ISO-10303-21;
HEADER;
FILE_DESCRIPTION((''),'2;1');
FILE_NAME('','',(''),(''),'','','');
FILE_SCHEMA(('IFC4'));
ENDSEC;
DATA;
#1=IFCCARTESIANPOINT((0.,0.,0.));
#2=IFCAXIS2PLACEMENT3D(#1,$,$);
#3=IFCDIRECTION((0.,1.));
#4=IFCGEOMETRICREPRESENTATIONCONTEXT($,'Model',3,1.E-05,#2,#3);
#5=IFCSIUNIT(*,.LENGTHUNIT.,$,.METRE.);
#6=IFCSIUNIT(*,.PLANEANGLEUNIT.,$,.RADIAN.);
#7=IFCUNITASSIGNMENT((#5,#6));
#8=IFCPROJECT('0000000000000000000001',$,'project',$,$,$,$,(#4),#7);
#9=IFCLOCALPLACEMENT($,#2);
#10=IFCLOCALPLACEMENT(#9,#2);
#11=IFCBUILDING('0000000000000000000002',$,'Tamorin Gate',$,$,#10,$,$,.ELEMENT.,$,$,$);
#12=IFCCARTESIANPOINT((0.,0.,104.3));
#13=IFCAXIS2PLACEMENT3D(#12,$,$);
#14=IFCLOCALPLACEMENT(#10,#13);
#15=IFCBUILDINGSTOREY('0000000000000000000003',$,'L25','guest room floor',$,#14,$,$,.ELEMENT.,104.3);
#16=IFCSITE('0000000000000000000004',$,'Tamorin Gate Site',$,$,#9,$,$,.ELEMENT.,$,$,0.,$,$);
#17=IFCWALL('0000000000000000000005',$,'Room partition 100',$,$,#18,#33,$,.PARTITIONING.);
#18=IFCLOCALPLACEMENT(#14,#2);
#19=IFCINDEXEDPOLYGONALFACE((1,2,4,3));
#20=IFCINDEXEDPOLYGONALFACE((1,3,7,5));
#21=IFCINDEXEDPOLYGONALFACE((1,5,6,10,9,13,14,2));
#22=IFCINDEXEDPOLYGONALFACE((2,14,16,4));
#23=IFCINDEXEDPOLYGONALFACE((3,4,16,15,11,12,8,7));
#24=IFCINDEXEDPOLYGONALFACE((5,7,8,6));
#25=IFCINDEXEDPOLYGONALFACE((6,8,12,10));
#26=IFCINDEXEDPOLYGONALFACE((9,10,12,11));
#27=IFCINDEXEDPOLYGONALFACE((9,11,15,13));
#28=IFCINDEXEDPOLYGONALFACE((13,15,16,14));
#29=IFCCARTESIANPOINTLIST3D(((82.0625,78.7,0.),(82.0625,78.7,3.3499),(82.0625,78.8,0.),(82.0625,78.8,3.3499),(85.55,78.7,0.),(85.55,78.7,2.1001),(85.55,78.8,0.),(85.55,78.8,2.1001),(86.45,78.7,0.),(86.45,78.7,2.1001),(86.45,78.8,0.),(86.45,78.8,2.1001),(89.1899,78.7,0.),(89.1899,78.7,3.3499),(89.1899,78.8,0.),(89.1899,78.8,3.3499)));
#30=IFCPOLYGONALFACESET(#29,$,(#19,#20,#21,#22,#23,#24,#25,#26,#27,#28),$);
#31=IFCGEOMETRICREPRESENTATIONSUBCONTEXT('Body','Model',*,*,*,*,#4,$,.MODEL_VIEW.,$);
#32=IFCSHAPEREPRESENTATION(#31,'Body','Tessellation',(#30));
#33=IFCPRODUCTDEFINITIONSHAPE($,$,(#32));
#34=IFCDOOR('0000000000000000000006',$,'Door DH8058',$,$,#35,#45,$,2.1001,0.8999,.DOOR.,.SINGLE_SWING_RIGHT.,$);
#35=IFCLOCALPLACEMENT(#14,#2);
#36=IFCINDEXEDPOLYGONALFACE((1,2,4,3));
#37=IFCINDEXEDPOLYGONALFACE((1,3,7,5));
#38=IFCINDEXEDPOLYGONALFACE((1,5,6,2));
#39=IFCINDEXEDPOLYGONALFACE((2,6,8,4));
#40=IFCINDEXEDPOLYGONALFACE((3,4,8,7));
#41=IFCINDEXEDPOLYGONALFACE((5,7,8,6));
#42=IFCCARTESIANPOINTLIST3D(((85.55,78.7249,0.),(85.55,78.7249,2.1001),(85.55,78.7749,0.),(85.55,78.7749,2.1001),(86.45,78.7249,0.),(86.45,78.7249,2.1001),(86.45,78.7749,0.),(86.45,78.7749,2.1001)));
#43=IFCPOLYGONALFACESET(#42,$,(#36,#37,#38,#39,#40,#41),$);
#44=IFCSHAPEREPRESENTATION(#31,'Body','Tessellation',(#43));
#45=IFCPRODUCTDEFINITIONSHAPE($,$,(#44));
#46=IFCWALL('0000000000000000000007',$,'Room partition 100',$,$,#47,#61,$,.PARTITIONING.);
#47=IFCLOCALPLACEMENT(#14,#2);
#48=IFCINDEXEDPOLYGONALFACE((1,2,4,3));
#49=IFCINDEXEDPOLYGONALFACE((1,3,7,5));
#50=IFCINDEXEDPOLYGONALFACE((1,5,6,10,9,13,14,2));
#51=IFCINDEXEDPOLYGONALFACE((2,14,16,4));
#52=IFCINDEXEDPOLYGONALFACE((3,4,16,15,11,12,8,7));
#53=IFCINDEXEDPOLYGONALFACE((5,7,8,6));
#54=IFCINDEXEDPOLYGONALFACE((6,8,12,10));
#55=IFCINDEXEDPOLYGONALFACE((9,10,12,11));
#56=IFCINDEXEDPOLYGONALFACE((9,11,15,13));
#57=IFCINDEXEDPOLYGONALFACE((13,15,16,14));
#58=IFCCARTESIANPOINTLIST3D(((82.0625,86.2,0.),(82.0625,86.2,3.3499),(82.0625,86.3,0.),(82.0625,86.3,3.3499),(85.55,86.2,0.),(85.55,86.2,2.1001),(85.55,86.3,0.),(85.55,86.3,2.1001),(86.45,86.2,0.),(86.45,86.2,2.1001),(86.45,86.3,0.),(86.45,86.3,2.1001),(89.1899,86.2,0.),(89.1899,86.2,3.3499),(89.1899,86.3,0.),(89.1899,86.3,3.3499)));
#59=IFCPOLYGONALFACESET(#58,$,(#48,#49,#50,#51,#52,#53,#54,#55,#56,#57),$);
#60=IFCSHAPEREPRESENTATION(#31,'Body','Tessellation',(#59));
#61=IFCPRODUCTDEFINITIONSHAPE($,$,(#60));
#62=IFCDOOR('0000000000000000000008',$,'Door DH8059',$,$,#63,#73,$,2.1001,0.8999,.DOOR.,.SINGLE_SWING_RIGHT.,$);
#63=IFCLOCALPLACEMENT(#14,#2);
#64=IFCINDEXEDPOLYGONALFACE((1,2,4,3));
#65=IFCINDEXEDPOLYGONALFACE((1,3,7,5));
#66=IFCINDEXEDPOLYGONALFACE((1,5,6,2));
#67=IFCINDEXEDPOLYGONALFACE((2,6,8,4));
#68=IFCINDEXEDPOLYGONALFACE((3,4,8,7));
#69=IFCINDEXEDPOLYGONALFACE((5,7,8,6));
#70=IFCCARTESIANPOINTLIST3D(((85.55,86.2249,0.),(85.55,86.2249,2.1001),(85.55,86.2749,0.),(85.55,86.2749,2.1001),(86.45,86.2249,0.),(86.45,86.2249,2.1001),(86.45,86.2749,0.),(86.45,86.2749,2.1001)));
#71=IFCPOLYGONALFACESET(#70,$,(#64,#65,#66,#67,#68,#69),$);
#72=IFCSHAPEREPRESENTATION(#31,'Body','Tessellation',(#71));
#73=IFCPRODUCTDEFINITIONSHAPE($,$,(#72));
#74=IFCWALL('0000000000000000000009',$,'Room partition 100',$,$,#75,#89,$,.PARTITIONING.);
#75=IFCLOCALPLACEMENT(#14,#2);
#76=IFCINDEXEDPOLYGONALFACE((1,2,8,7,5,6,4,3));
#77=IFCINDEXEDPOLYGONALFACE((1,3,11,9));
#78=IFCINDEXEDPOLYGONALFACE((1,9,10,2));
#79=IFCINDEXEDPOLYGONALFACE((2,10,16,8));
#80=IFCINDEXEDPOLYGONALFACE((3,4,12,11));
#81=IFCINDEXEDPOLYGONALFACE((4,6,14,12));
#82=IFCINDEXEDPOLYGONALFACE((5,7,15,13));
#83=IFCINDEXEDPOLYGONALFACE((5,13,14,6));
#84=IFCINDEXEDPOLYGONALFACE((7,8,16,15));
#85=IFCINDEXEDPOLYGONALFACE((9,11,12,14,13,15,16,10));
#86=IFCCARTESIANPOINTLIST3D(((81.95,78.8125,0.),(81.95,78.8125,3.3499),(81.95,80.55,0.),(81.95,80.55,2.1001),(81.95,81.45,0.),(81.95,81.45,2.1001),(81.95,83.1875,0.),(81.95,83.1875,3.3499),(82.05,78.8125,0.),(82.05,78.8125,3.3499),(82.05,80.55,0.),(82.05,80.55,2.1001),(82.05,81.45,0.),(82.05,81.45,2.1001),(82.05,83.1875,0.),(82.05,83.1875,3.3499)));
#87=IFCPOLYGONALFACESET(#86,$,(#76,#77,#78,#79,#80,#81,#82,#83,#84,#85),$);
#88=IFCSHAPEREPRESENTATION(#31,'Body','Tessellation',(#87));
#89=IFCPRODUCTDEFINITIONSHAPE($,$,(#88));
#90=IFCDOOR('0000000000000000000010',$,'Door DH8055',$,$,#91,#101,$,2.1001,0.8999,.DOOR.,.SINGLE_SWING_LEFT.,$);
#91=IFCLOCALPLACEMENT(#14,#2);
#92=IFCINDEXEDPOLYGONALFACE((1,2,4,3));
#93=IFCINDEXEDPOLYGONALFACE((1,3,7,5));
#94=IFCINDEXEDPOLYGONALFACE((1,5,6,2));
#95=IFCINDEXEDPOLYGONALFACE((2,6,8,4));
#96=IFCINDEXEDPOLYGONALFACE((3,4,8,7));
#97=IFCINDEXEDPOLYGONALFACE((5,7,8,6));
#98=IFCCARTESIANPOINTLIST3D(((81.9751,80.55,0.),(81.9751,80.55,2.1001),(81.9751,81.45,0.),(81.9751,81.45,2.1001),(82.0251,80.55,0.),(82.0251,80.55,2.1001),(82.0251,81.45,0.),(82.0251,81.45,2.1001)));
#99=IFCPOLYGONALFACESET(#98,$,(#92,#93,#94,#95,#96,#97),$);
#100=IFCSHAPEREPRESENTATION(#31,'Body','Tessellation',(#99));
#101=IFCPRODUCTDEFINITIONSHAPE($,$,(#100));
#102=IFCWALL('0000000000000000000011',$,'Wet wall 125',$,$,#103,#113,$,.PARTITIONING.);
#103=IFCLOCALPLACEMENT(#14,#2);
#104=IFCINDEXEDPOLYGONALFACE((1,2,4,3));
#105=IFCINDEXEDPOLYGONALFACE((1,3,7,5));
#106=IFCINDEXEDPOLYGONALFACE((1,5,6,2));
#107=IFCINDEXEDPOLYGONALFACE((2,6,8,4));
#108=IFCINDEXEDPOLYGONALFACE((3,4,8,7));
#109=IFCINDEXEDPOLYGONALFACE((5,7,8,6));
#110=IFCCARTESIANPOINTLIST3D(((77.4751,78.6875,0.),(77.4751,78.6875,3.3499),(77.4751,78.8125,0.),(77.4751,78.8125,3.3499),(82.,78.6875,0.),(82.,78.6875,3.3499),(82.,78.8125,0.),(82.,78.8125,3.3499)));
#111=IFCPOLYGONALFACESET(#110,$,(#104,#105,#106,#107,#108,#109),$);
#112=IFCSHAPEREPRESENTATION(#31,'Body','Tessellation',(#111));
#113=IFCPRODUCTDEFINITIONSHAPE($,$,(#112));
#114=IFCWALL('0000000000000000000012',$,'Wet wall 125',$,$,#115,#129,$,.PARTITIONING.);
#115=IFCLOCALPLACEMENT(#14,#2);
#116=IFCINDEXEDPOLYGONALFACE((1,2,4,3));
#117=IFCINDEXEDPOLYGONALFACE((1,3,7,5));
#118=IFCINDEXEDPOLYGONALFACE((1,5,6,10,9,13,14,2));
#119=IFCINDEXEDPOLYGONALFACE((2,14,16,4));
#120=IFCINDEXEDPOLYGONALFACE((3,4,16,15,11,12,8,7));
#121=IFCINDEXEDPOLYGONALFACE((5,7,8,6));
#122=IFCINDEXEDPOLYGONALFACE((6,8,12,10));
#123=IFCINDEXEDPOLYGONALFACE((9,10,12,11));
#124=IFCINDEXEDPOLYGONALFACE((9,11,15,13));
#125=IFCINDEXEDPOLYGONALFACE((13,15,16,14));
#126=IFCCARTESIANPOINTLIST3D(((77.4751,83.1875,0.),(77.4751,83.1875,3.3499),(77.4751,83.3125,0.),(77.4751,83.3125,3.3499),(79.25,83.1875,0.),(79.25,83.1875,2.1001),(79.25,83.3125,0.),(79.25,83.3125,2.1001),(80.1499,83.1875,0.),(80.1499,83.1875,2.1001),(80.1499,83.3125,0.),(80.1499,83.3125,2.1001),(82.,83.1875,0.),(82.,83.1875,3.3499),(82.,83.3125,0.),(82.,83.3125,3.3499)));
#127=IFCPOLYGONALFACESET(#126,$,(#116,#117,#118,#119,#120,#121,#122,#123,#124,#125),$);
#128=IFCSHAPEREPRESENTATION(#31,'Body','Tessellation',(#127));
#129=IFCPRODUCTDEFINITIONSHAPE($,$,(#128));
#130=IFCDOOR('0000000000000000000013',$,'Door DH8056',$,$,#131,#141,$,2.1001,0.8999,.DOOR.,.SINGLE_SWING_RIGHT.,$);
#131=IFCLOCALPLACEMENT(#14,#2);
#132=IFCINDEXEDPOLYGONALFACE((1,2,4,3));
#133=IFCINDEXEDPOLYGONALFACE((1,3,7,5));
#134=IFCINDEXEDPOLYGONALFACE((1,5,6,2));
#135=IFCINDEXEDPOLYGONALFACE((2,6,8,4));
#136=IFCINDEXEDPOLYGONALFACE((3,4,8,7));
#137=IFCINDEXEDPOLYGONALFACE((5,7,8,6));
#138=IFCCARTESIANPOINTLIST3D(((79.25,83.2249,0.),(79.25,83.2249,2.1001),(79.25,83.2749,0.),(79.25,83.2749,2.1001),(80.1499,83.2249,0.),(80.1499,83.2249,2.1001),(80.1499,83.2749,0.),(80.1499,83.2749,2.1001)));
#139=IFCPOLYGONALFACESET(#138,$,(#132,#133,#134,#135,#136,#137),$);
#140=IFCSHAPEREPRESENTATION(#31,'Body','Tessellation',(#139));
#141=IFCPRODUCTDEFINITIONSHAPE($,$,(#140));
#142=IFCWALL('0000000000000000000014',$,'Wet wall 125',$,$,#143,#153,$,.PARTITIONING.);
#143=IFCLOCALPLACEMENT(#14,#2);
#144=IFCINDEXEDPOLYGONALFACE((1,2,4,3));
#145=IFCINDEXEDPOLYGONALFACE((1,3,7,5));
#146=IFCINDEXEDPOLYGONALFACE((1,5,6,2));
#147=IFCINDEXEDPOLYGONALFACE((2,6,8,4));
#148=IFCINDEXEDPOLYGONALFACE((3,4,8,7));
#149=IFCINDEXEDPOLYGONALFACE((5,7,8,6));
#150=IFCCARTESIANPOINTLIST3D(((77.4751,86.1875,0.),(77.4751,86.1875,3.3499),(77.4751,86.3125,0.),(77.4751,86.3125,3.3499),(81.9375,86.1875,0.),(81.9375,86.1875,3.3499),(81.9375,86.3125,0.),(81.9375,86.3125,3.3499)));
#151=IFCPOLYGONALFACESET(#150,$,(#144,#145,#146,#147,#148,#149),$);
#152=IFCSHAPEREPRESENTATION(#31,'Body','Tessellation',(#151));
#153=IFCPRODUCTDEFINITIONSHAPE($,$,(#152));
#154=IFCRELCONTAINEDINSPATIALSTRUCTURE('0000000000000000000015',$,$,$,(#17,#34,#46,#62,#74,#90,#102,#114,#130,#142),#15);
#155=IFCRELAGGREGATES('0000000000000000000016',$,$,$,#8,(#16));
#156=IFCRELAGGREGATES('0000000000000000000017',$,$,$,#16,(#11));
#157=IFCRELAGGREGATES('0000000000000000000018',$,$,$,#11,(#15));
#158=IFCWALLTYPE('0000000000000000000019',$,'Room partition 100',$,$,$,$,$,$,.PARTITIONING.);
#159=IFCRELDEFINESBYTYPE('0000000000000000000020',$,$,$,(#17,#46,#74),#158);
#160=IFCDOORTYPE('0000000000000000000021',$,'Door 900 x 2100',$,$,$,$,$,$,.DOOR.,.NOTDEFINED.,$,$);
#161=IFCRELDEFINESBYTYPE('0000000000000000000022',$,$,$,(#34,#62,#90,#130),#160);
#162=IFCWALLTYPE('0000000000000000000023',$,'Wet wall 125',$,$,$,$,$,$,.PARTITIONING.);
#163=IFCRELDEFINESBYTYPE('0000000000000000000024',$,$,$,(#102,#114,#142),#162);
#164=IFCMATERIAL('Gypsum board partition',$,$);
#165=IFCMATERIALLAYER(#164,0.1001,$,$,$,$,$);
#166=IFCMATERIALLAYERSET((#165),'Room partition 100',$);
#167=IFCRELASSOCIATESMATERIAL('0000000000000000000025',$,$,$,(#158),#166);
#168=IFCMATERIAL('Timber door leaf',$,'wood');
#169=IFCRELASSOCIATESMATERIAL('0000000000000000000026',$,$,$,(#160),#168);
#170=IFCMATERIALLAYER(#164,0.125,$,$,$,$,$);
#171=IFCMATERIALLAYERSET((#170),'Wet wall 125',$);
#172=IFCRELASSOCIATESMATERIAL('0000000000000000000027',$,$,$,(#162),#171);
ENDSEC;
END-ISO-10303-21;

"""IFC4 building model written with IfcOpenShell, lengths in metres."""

from ifc_helpers import new_model, si_unit, direction, frame, frame_2d, origin, place, context, subcontext, project, spatial, rectangle, extrude, material, layer, layer_set, type_object, element, fill, save


model = new_model("IFC4")

# Units and contexts
model_context = context("Model", 3, precision=1e-05, world=origin(), true_north=direction((0.0, 1.0)))
body_context = subcontext(model_context, "Body", "Model", "MODEL_VIEW")
ifc_project = project(units=[si_unit("LENGTHUNIT", "METRE"), si_unit("PLANEANGLEUNIT", "RADIAN")], contexts=[model_context])

# Site, building, storey
site_placement = place(None, origin())
site = spatial("IfcSite", under=ifc_project, at=site_placement, Name="Tamorin Gate Site", CompositionType="ELEMENT", RefElevation=0.0)
building_placement = place(site_placement, origin())
building = spatial("IfcBuilding", under=site, at=building_placement, Name="Tamorin Gate", CompositionType="ELEMENT")
storey_placement = place(building_placement, frame((0.0, 0.0, 104.3)))
storey = spatial("IfcBuildingStorey", under=building, at=storey_placement, Name="L25", Description="guest room floor", CompositionType="ELEMENT", Elevation=104.3)

# Walls, openings, doors
ifc_material_1 = material(Name="Gypsum board partition")
ifc_layer_1 = layer(ifc_material_1, 0.1001)
ifc_layer_set_1 = layer_set([ifc_layer_1], Name="Room partition 100")
wall_type_1 = type_object("IfcWallType", Name="Room partition 100", PredefinedType="PARTITIONING", material=ifc_layer_set_1)
wall_1_placement = place(storey_placement, frame((82.0625, 78.75, 0.0), z_axis=(0.0, 0.0, 1.0), x_axis=(1.0, 0.0, 0.0)))
wall_1 = element("IfcWall", 1, at=wall_1_placement, inside=storey, type_object=wall_type_1, Name="Room partition 100", PredefinedType="PARTITIONING", context=body_context, shape_type="SweptSolid", body=[
    extrude(rectangle(XDim=7.1274, YDim=0.1001, at=frame_2d((3.5637, 0.0))), origin(), (0.0, 0.0, 1.0), 3.3499),
])
opening_1_placement = place(wall_1_placement, frame((3.4875, 0.0, 0.0)))
opening_1 = element("IfcOpeningElement", 2, at=opening_1_placement, cuts=wall_1, PredefinedType="OPENING", context=body_context, shape_type="SweptSolid", body=[
    extrude(rectangle(XDim=0.8999, YDim=2.1001, at=frame_2d((0.45, 1.05))), frame((0.0, 0.0601, 0.0), z_axis=(0.0, -1.0, 0.0), x_axis=(1.0, 0.0, 0.0)), (0.0, 0.0, 1.0), 0.1201),
])
ifc_material_2 = material(Name="Timber door leaf", Category="wood")
door_type = type_object("IfcDoorType", Name="Door 900 x 2100", OperationType="NOTDEFINED", PredefinedType="DOOR", material=ifc_material_2)
door_1_placement = place(opening_1_placement, origin())
door_1 = element("IfcDoor", 3, at=door_1_placement, inside=storey, type_object=door_type, Name="Door DH8058", OperationType="SINGLE_SWING_RIGHT", OverallHeight=2.1001, OverallWidth=0.8999, PredefinedType="DOOR", context=body_context, shape_type="SweptSolid", body=[
    extrude(rectangle(XDim=0.8999, YDim=2.1001, at=frame_2d((0.45, 1.05))), frame((0.0, 0.0249, 0.0), z_axis=(0.0, -1.0, 0.0), x_axis=(1.0, 0.0, 0.0)), (0.0, 0.0, 1.0), 0.05),
])
fill(opening_1, door_1)
wall_2_placement = place(storey_placement, frame((82.0625, 86.25, 0.0), z_axis=(0.0, 0.0, 1.0), x_axis=(1.0, 0.0, 0.0)))
wall_2 = element("IfcWall", 4, at=wall_2_placement, inside=storey, type_object=wall_type_1, Name="Room partition 100", PredefinedType="PARTITIONING", context=body_context, shape_type="SweptSolid", body=[
    extrude(rectangle(XDim=7.1274, YDim=0.1001, at=frame_2d((3.5637, 0.0))), origin(), (0.0, 0.0, 1.0), 3.3499),
])
opening_2_placement = place(wall_2_placement, frame((3.4875, 0.0, 0.0)))
opening_2 = element("IfcOpeningElement", 5, at=opening_2_placement, cuts=wall_2, PredefinedType="OPENING", context=body_context, shape_type="SweptSolid", body=[
    extrude(rectangle(XDim=0.8999, YDim=2.1001, at=frame_2d((0.45, 1.05))), frame((0.0, 0.0601, 0.0), z_axis=(0.0, -1.0, 0.0), x_axis=(1.0, 0.0, 0.0)), (0.0, 0.0, 1.0), 0.1201),
])
door_2_placement = place(opening_2_placement, origin())
door_2 = element("IfcDoor", 6, at=door_2_placement, inside=storey, type_object=door_type, Name="Door DH8059", OperationType="SINGLE_SWING_RIGHT", OverallHeight=2.1001, OverallWidth=0.8999, PredefinedType="DOOR", context=body_context, shape_type="SweptSolid", body=[
    extrude(rectangle(XDim=0.8999, YDim=2.1001, at=frame_2d((0.45, 1.05))), frame((0.0, 0.0249, 0.0), z_axis=(0.0, -1.0, 0.0), x_axis=(1.0, 0.0, 0.0)), (0.0, 0.0, 1.0), 0.05),
])
fill(opening_2, door_2)
wall_3_placement = place(storey_placement, frame((82.0, 78.8125, 0.0), z_axis=(0.0, 0.0, 1.0), x_axis=(0.0, 1.0, 0.0)))
wall_3 = element("IfcWall", 7, at=wall_3_placement, inside=storey, type_object=wall_type_1, Name="Room partition 100", PredefinedType="PARTITIONING", context=body_context, shape_type="SweptSolid", body=[
    extrude(rectangle(XDim=4.375, YDim=0.1001, at=frame_2d((2.1875, 0.0))), origin(), (0.0, 0.0, 1.0), 3.3499),
])
opening_3_placement = place(wall_3_placement, frame((1.7375, 0.0, 0.0)))
opening_3 = element("IfcOpeningElement", 8, at=opening_3_placement, cuts=wall_3, PredefinedType="OPENING", context=body_context, shape_type="SweptSolid", body=[
    extrude(rectangle(XDim=0.8999, YDim=2.1001, at=frame_2d((0.45, 1.05))), frame((0.0, 0.0601, 0.0), z_axis=(0.0, -1.0, 0.0), x_axis=(1.0, 0.0, 0.0)), (0.0, 0.0, 1.0), 0.1201),
])
door_3_placement = place(opening_3_placement, origin())
door_3 = element("IfcDoor", 9, at=door_3_placement, inside=storey, type_object=door_type, Name="Door DH8055", OperationType="SINGLE_SWING_LEFT", OverallHeight=2.1001, OverallWidth=0.8999, PredefinedType="DOOR", context=body_context, shape_type="SweptSolid", body=[
    extrude(rectangle(XDim=0.8999, YDim=2.1001, at=frame_2d((0.45, 1.05))), frame((0.0, 0.0249, 0.0), z_axis=(0.0, -1.0, 0.0), x_axis=(1.0, 0.0, 0.0)), (0.0, 0.0, 1.0), 0.05),
])
fill(opening_3, door_3)

# Wall
ifc_layer_2 = layer(ifc_material_1, 0.125)
ifc_layer_set_2 = layer_set([ifc_layer_2], Name="Wet wall 125")
wall_type_2 = type_object("IfcWallType", Name="Wet wall 125", PredefinedType="PARTITIONING", material=ifc_layer_set_2)
wall_4_placement = place(storey_placement, frame((77.4751, 78.75, 0.0), z_axis=(0.0, 0.0, 1.0), x_axis=(1.0, 0.0, 0.0)))
element("IfcWall", 10, at=wall_4_placement, inside=storey, type_object=wall_type_2, Name="Wet wall 125", PredefinedType="PARTITIONING", context=body_context, shape_type="SweptSolid", body=[
    extrude(rectangle(XDim=4.5249, YDim=0.125, at=frame_2d((2.2625, 0.0))), origin(), (0.0, 0.0, 1.0), 3.3499),
])

# Wall, opening, door
wall_5_placement = place(storey_placement, frame((77.4751, 83.25, 0.0), z_axis=(0.0, 0.0, 1.0), x_axis=(1.0, 0.0, 0.0)))
wall_5 = element("IfcWall", 11, at=wall_5_placement, inside=storey, type_object=wall_type_2, Name="Wet wall 125", PredefinedType="PARTITIONING", context=body_context, shape_type="SweptSolid", body=[
    extrude(rectangle(XDim=4.5249, YDim=0.125, at=frame_2d((2.2625, 0.0))), origin(), (0.0, 0.0, 1.0), 3.3499),
])
opening_4_placement = place(wall_5_placement, frame((1.7749, 0.0, 0.0)))
opening_4 = element("IfcOpeningElement", 12, at=opening_4_placement, cuts=wall_5, PredefinedType="OPENING", context=body_context, shape_type="SweptSolid", body=[
    extrude(rectangle(XDim=0.8999, YDim=2.1001, at=frame_2d((0.45, 1.05))), frame((0.0, 0.0725, 0.0), z_axis=(0.0, -1.0, 0.0), x_axis=(1.0, 0.0, 0.0)), (0.0, 0.0, 1.0), 0.145),
])
door_4_placement = place(opening_4_placement, origin())
door_4 = element("IfcDoor", 13, at=door_4_placement, inside=storey, type_object=door_type, Name="Door DH8056", OperationType="SINGLE_SWING_RIGHT", OverallHeight=2.1001, OverallWidth=0.8999, PredefinedType="DOOR", context=body_context, shape_type="SweptSolid", body=[
    extrude(rectangle(XDim=0.8999, YDim=2.1001, at=frame_2d((0.45, 1.05))), frame((0.0, 0.0249, 0.0), z_axis=(0.0, -1.0, 0.0), x_axis=(1.0, 0.0, 0.0)), (0.0, 0.0, 1.0), 0.05),
])
fill(opening_4, door_4)

# Wall
wall_6_placement = place(storey_placement, frame((77.4751, 86.25, 0.0), z_axis=(0.0, 0.0, 1.0), x_axis=(1.0, 0.0, 0.0)))
element("IfcWall", 14, at=wall_6_placement, inside=storey, type_object=wall_type_2, Name="Wet wall 125", PredefinedType="PARTITIONING", context=body_context, shape_type="SweptSolid", body=[
    extrude(rectangle(XDim=4.4624, YDim=0.125, at=frame_2d((2.2312, 0.0))), origin(), (0.0, 0.0, 1.0), 3.3499),
])

save(model, "model.ifc")
